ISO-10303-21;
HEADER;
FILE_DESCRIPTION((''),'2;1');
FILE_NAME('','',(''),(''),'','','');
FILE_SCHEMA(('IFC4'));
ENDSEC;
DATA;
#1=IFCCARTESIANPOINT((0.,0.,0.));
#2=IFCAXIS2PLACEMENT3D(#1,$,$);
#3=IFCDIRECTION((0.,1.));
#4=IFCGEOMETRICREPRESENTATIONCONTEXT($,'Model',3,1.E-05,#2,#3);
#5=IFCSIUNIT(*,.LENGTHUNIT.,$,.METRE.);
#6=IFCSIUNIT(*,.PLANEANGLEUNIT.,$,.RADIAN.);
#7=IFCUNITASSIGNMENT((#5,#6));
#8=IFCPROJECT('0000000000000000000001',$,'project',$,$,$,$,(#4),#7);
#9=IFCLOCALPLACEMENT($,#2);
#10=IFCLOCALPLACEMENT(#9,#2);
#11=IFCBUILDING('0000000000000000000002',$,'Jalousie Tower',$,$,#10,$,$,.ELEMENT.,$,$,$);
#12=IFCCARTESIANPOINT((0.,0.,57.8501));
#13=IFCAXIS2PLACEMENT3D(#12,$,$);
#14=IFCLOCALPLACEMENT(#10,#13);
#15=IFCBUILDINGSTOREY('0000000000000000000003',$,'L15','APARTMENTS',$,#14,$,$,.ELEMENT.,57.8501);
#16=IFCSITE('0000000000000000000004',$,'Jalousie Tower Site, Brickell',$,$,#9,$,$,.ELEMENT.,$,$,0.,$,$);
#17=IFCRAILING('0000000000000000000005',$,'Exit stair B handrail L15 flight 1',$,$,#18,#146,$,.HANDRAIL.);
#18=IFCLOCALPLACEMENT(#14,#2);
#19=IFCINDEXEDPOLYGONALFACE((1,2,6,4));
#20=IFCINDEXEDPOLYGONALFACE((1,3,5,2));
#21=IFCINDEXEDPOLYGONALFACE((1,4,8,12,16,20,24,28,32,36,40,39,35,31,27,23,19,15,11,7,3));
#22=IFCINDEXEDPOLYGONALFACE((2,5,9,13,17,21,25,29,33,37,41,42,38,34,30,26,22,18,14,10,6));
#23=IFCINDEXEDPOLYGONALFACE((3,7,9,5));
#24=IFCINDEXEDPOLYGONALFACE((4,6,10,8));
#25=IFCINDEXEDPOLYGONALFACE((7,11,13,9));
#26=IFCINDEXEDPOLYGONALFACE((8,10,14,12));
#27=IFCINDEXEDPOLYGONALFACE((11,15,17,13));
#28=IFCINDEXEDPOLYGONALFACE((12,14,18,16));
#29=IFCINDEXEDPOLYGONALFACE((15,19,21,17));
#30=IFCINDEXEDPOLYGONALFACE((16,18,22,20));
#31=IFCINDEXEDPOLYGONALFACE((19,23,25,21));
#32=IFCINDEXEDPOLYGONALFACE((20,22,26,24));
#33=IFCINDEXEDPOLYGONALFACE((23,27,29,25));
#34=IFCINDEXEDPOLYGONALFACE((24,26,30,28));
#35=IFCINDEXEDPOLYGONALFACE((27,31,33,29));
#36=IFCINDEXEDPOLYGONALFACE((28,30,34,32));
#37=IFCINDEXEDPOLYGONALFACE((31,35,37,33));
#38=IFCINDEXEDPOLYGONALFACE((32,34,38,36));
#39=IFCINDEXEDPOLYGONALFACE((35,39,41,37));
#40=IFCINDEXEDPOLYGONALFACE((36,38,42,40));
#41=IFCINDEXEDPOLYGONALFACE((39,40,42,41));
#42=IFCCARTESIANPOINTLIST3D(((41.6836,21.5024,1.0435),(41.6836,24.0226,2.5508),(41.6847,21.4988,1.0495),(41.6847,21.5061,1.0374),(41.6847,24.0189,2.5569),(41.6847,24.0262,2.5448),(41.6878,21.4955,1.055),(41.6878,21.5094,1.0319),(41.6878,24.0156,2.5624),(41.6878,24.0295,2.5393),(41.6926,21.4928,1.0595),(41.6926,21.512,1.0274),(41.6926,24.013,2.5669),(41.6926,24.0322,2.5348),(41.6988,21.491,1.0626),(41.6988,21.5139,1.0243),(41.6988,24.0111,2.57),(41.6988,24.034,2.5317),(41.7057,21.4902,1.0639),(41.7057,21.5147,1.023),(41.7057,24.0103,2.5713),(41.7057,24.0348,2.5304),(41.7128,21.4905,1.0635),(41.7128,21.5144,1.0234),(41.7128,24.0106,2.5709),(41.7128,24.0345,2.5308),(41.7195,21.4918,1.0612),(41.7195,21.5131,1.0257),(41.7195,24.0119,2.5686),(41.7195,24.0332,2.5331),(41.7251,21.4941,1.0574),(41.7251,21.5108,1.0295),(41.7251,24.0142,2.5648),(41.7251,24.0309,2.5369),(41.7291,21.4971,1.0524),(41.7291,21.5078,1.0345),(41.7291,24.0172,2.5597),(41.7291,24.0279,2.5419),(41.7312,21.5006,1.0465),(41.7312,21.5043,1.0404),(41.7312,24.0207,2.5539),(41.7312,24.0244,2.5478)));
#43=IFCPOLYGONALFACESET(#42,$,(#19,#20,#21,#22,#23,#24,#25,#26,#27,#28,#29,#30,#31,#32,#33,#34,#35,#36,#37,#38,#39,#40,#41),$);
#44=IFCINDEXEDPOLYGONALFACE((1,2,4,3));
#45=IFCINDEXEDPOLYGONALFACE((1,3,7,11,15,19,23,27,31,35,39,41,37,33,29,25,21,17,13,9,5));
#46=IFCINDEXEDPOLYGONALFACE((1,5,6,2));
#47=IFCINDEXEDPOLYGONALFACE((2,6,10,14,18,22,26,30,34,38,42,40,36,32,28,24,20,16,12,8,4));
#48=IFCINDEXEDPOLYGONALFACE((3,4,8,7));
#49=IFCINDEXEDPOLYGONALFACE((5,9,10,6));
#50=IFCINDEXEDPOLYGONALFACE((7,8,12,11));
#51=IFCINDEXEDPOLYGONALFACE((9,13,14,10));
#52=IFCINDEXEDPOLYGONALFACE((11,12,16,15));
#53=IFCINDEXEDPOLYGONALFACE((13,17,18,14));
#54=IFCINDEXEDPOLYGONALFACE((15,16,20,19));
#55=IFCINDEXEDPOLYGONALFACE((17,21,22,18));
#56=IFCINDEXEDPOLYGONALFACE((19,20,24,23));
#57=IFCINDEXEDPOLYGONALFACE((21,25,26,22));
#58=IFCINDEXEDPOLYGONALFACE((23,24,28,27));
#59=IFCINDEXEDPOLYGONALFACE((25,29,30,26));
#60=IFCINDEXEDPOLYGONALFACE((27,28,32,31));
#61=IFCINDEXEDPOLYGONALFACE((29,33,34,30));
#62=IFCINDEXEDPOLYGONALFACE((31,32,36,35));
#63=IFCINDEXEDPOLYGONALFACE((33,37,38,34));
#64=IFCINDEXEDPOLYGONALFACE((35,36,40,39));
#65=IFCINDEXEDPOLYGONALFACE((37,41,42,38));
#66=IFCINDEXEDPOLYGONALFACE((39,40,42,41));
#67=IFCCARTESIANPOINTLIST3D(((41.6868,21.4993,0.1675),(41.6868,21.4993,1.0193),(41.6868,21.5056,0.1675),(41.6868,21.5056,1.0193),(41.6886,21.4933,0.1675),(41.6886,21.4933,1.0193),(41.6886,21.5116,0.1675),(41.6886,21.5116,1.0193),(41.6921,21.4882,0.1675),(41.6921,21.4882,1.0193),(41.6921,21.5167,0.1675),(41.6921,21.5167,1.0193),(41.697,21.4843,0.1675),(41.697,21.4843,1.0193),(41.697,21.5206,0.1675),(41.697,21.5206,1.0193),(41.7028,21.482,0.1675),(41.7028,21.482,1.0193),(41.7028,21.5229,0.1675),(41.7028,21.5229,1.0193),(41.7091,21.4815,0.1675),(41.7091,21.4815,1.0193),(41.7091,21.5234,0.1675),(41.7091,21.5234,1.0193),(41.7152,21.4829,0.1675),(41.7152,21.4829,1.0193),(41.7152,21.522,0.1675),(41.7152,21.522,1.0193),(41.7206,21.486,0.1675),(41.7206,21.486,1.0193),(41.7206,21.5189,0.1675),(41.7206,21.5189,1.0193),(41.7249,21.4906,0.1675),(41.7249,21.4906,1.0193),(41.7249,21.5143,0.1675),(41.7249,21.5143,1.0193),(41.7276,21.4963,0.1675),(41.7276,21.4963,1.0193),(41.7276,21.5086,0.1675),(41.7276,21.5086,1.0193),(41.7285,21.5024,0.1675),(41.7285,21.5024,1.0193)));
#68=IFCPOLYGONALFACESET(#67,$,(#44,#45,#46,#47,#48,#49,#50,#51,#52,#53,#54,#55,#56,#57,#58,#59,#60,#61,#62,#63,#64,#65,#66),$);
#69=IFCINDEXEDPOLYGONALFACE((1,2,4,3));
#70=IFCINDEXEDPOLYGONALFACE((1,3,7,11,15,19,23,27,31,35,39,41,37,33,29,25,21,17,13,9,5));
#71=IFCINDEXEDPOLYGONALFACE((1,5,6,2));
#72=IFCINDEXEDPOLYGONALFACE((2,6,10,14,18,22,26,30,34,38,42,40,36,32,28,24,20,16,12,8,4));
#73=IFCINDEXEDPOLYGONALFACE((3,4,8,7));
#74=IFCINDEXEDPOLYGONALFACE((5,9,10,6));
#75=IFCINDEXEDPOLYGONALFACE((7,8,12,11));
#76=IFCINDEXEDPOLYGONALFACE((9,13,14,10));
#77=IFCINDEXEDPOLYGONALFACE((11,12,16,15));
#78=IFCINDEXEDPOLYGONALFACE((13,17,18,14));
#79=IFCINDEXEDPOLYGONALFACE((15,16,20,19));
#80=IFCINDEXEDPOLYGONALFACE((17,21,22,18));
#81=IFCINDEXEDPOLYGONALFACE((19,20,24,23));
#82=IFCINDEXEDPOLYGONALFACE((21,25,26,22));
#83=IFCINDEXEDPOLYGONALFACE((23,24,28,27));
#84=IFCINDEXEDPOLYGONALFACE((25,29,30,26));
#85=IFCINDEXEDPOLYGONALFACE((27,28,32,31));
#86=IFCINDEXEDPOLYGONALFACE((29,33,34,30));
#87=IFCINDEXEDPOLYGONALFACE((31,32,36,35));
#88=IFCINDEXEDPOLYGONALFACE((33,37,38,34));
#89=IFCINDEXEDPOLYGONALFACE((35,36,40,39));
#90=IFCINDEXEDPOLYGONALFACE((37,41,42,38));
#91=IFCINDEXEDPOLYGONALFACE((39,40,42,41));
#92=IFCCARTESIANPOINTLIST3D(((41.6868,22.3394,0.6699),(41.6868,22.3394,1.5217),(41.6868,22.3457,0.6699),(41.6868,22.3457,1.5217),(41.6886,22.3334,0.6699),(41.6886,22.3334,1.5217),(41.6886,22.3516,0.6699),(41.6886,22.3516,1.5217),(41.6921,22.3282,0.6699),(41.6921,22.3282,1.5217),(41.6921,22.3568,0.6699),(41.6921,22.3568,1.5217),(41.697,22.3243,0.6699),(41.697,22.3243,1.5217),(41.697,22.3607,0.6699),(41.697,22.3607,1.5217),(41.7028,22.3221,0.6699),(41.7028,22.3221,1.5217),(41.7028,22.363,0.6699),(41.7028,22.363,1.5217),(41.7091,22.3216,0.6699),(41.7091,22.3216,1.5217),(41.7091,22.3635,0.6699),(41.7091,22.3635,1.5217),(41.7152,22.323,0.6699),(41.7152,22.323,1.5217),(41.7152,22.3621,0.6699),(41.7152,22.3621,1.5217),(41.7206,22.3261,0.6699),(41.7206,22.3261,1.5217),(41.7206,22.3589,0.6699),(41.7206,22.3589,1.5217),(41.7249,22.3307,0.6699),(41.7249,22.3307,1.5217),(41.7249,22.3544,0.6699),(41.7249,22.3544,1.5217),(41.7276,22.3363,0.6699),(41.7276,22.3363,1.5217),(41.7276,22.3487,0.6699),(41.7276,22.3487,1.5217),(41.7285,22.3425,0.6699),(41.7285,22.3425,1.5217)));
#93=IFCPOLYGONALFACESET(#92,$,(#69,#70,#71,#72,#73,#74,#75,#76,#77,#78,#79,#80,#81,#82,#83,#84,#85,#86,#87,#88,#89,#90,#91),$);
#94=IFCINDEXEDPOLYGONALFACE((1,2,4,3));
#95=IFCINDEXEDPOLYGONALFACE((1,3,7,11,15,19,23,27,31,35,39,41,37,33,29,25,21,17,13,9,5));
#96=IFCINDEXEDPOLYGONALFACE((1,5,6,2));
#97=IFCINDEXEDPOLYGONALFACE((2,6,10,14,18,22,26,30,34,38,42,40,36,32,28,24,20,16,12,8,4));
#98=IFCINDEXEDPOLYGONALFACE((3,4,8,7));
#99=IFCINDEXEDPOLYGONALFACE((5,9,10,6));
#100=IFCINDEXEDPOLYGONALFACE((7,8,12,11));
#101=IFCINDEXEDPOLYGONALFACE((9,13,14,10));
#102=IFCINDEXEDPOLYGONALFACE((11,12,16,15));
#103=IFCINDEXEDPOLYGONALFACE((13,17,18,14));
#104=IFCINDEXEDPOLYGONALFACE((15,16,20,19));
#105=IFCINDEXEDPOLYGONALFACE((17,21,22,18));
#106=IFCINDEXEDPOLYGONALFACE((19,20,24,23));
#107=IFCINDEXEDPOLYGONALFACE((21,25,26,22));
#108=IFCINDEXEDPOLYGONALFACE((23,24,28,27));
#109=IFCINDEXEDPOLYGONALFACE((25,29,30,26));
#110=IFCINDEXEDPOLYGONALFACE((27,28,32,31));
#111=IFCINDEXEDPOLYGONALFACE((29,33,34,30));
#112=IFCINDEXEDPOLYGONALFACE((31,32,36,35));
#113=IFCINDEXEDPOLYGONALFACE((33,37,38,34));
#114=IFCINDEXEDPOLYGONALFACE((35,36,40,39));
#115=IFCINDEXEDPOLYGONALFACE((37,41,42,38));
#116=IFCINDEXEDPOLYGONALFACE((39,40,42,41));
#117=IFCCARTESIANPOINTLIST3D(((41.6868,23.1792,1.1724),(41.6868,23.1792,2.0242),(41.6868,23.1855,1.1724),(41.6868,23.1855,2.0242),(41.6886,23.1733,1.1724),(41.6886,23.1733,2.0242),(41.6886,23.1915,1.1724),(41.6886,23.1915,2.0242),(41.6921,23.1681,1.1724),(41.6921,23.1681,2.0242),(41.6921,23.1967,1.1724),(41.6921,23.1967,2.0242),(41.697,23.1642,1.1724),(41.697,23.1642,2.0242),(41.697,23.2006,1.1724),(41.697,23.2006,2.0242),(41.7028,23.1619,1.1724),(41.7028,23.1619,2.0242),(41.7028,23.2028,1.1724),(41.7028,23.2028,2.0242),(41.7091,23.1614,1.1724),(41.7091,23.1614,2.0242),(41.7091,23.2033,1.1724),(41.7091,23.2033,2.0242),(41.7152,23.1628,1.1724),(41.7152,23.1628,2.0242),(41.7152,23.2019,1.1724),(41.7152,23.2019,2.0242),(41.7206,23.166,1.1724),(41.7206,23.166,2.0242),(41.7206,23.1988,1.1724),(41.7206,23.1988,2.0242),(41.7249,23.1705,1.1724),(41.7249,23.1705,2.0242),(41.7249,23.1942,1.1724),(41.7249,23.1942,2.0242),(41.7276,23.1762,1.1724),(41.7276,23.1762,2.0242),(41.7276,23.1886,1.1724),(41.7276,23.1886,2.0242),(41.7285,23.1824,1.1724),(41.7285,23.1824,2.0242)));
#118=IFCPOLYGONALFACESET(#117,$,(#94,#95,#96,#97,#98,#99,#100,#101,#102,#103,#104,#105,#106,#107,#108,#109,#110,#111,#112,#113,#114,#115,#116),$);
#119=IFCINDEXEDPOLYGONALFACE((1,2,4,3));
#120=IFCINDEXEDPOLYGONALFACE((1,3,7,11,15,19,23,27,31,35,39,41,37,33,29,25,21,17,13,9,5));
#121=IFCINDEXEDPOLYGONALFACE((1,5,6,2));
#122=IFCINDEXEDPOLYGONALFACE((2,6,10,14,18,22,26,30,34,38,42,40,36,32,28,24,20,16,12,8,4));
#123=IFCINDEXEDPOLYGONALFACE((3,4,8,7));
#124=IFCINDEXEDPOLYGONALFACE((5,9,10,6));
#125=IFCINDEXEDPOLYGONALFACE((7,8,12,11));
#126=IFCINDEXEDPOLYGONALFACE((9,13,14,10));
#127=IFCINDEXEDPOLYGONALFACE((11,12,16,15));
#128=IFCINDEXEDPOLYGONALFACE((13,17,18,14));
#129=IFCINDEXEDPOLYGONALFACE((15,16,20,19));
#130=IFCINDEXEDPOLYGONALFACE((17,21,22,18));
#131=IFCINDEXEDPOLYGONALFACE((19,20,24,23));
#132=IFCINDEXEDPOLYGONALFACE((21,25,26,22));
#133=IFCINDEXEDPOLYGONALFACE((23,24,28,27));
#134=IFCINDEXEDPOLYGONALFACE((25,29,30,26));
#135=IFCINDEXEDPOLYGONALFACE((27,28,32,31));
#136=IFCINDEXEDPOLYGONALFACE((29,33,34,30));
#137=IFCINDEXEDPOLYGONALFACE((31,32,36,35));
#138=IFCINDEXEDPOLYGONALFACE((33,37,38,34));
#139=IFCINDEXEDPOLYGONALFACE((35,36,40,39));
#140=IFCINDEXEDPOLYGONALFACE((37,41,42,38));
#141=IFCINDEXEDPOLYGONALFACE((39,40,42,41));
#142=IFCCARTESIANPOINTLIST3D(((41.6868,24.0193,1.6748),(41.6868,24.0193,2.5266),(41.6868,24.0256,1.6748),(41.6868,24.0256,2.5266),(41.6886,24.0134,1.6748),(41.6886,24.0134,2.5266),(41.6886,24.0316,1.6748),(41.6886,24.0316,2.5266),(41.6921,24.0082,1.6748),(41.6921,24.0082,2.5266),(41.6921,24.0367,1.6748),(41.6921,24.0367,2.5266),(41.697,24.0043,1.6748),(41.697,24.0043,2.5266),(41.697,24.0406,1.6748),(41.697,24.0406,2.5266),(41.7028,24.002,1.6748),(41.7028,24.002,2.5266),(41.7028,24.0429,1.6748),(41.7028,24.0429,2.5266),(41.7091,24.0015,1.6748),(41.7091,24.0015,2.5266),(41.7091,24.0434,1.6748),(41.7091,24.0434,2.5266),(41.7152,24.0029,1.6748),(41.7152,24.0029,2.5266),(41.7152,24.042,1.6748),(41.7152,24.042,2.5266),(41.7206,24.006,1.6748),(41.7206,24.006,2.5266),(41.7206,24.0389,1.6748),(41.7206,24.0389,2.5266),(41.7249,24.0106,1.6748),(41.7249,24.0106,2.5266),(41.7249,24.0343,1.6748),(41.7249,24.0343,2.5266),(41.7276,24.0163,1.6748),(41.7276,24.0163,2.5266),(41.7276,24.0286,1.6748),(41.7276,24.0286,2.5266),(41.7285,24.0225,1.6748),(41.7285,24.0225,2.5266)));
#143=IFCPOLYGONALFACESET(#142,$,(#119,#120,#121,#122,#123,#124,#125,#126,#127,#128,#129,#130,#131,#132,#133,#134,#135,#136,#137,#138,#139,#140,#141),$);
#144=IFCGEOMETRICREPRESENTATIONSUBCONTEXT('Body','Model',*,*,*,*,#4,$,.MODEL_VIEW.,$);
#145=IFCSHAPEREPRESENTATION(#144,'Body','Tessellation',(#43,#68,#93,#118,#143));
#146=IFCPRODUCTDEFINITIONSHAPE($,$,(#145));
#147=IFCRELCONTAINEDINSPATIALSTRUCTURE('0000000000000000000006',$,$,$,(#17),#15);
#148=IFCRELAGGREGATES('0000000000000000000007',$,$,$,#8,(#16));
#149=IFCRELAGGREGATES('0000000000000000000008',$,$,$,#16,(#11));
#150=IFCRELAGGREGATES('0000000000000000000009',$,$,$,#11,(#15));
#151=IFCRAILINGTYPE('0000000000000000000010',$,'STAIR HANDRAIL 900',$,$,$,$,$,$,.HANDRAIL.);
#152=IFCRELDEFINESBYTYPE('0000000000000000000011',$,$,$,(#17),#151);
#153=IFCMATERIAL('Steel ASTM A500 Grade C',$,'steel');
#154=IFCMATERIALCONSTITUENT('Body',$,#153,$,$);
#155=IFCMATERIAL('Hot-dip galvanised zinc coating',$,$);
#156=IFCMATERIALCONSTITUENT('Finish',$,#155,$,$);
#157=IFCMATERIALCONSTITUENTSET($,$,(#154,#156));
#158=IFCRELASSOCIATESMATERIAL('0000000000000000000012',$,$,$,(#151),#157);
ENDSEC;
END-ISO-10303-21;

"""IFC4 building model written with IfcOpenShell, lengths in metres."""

from ifc_helpers import new_model, si_unit, direction, frame, origin, origin_2d, place, context, subcontext, project, spatial, circle, extrude, material, constituent, constituent_set, type_object, element, save


model = new_model("IFC4")

# Units and contexts
model_context = context("Model", 3, precision=1e-05, world=origin(), true_north=direction((0.0, 1.0)))
body_context = subcontext(model_context, "Body", "Model", "MODEL_VIEW")
ifc_project = project(units=[si_unit("LENGTHUNIT", "METRE"), si_unit("PLANEANGLEUNIT", "RADIAN")], contexts=[model_context])

# Site, building, storey
site_placement = place(None, origin())
site = spatial("IfcSite", under=ifc_project, at=site_placement, Name="Jalousie Tower Site, Brickell", CompositionType="ELEMENT", RefElevation=0.0)
building_placement = place(site_placement, origin())
building = spatial("IfcBuilding", under=site, at=building_placement, Name="Jalousie Tower", CompositionType="ELEMENT")
storey_placement = place(building_placement, frame((0.0, 0.0, 57.8501)))
storey = spatial("IfcBuildingStorey", under=building, at=storey_placement, Name="L15", Description="APARTMENTS", CompositionType="ELEMENT", Elevation=57.8501)

# Railing
ifc_material_1 = material(Name="Steel ASTM A500 Grade C", Category="steel")
ifc_constituent_1 = constituent(ifc_material_1, Name="Body")
ifc_material_2 = material(Name="Hot-dip galvanised zinc coating")
ifc_constituent_2 = constituent(ifc_material_2, Name="Finish")
ifc_constituent_set_1 = constituent_set(constituents=[ifc_constituent_1, ifc_constituent_2])
railing_type_1 = type_object("IfcRailingType", Name="STAIR HANDRAIL 900", PredefinedType="HANDRAIL", material=ifc_constituent_set_1)
railing_1_placement = place(storey_placement, frame((41.7075, 21.5024, 0.1675)))
element("IfcRailing", 1, at=railing_1_placement, inside=storey, type_object=railing_type_1, Name="Exit stair B handrail L15 flight 1", PredefinedType="HANDRAIL", context=body_context, shape_type="SweptSolid", body=[
    extrude(circle(Radius=0.0239, at=origin_2d()), frame((0.0, 0.0, 0.876), z_axis=(0.0, 0.858196, 0.513321), x_axis=(-1.0, 0.0, 0.0)), (0.0, 0.0, 1.0), 2.9365),
    extrude(circle(Radius=0.021, at=origin_2d()), origin(), (0.0, 0.0, 1.0), 0.8518),
    extrude(circle(Radius=0.021, at=origin_2d()), frame((0.0, 0.8401, 0.5024)), (0.0, 0.0, 1.0), 0.8518),
    extrude(circle(Radius=0.021, at=origin_2d()), frame((0.0, 1.6799, 1.0049)), (0.0, 0.0, 1.0), 0.8518),
    extrude(circle(Radius=0.021, at=origin_2d()), frame((0.0, 2.52, 1.5073)), (0.0, 0.0, 1.0), 0.8518),
])

save(model, "model.ifc")
